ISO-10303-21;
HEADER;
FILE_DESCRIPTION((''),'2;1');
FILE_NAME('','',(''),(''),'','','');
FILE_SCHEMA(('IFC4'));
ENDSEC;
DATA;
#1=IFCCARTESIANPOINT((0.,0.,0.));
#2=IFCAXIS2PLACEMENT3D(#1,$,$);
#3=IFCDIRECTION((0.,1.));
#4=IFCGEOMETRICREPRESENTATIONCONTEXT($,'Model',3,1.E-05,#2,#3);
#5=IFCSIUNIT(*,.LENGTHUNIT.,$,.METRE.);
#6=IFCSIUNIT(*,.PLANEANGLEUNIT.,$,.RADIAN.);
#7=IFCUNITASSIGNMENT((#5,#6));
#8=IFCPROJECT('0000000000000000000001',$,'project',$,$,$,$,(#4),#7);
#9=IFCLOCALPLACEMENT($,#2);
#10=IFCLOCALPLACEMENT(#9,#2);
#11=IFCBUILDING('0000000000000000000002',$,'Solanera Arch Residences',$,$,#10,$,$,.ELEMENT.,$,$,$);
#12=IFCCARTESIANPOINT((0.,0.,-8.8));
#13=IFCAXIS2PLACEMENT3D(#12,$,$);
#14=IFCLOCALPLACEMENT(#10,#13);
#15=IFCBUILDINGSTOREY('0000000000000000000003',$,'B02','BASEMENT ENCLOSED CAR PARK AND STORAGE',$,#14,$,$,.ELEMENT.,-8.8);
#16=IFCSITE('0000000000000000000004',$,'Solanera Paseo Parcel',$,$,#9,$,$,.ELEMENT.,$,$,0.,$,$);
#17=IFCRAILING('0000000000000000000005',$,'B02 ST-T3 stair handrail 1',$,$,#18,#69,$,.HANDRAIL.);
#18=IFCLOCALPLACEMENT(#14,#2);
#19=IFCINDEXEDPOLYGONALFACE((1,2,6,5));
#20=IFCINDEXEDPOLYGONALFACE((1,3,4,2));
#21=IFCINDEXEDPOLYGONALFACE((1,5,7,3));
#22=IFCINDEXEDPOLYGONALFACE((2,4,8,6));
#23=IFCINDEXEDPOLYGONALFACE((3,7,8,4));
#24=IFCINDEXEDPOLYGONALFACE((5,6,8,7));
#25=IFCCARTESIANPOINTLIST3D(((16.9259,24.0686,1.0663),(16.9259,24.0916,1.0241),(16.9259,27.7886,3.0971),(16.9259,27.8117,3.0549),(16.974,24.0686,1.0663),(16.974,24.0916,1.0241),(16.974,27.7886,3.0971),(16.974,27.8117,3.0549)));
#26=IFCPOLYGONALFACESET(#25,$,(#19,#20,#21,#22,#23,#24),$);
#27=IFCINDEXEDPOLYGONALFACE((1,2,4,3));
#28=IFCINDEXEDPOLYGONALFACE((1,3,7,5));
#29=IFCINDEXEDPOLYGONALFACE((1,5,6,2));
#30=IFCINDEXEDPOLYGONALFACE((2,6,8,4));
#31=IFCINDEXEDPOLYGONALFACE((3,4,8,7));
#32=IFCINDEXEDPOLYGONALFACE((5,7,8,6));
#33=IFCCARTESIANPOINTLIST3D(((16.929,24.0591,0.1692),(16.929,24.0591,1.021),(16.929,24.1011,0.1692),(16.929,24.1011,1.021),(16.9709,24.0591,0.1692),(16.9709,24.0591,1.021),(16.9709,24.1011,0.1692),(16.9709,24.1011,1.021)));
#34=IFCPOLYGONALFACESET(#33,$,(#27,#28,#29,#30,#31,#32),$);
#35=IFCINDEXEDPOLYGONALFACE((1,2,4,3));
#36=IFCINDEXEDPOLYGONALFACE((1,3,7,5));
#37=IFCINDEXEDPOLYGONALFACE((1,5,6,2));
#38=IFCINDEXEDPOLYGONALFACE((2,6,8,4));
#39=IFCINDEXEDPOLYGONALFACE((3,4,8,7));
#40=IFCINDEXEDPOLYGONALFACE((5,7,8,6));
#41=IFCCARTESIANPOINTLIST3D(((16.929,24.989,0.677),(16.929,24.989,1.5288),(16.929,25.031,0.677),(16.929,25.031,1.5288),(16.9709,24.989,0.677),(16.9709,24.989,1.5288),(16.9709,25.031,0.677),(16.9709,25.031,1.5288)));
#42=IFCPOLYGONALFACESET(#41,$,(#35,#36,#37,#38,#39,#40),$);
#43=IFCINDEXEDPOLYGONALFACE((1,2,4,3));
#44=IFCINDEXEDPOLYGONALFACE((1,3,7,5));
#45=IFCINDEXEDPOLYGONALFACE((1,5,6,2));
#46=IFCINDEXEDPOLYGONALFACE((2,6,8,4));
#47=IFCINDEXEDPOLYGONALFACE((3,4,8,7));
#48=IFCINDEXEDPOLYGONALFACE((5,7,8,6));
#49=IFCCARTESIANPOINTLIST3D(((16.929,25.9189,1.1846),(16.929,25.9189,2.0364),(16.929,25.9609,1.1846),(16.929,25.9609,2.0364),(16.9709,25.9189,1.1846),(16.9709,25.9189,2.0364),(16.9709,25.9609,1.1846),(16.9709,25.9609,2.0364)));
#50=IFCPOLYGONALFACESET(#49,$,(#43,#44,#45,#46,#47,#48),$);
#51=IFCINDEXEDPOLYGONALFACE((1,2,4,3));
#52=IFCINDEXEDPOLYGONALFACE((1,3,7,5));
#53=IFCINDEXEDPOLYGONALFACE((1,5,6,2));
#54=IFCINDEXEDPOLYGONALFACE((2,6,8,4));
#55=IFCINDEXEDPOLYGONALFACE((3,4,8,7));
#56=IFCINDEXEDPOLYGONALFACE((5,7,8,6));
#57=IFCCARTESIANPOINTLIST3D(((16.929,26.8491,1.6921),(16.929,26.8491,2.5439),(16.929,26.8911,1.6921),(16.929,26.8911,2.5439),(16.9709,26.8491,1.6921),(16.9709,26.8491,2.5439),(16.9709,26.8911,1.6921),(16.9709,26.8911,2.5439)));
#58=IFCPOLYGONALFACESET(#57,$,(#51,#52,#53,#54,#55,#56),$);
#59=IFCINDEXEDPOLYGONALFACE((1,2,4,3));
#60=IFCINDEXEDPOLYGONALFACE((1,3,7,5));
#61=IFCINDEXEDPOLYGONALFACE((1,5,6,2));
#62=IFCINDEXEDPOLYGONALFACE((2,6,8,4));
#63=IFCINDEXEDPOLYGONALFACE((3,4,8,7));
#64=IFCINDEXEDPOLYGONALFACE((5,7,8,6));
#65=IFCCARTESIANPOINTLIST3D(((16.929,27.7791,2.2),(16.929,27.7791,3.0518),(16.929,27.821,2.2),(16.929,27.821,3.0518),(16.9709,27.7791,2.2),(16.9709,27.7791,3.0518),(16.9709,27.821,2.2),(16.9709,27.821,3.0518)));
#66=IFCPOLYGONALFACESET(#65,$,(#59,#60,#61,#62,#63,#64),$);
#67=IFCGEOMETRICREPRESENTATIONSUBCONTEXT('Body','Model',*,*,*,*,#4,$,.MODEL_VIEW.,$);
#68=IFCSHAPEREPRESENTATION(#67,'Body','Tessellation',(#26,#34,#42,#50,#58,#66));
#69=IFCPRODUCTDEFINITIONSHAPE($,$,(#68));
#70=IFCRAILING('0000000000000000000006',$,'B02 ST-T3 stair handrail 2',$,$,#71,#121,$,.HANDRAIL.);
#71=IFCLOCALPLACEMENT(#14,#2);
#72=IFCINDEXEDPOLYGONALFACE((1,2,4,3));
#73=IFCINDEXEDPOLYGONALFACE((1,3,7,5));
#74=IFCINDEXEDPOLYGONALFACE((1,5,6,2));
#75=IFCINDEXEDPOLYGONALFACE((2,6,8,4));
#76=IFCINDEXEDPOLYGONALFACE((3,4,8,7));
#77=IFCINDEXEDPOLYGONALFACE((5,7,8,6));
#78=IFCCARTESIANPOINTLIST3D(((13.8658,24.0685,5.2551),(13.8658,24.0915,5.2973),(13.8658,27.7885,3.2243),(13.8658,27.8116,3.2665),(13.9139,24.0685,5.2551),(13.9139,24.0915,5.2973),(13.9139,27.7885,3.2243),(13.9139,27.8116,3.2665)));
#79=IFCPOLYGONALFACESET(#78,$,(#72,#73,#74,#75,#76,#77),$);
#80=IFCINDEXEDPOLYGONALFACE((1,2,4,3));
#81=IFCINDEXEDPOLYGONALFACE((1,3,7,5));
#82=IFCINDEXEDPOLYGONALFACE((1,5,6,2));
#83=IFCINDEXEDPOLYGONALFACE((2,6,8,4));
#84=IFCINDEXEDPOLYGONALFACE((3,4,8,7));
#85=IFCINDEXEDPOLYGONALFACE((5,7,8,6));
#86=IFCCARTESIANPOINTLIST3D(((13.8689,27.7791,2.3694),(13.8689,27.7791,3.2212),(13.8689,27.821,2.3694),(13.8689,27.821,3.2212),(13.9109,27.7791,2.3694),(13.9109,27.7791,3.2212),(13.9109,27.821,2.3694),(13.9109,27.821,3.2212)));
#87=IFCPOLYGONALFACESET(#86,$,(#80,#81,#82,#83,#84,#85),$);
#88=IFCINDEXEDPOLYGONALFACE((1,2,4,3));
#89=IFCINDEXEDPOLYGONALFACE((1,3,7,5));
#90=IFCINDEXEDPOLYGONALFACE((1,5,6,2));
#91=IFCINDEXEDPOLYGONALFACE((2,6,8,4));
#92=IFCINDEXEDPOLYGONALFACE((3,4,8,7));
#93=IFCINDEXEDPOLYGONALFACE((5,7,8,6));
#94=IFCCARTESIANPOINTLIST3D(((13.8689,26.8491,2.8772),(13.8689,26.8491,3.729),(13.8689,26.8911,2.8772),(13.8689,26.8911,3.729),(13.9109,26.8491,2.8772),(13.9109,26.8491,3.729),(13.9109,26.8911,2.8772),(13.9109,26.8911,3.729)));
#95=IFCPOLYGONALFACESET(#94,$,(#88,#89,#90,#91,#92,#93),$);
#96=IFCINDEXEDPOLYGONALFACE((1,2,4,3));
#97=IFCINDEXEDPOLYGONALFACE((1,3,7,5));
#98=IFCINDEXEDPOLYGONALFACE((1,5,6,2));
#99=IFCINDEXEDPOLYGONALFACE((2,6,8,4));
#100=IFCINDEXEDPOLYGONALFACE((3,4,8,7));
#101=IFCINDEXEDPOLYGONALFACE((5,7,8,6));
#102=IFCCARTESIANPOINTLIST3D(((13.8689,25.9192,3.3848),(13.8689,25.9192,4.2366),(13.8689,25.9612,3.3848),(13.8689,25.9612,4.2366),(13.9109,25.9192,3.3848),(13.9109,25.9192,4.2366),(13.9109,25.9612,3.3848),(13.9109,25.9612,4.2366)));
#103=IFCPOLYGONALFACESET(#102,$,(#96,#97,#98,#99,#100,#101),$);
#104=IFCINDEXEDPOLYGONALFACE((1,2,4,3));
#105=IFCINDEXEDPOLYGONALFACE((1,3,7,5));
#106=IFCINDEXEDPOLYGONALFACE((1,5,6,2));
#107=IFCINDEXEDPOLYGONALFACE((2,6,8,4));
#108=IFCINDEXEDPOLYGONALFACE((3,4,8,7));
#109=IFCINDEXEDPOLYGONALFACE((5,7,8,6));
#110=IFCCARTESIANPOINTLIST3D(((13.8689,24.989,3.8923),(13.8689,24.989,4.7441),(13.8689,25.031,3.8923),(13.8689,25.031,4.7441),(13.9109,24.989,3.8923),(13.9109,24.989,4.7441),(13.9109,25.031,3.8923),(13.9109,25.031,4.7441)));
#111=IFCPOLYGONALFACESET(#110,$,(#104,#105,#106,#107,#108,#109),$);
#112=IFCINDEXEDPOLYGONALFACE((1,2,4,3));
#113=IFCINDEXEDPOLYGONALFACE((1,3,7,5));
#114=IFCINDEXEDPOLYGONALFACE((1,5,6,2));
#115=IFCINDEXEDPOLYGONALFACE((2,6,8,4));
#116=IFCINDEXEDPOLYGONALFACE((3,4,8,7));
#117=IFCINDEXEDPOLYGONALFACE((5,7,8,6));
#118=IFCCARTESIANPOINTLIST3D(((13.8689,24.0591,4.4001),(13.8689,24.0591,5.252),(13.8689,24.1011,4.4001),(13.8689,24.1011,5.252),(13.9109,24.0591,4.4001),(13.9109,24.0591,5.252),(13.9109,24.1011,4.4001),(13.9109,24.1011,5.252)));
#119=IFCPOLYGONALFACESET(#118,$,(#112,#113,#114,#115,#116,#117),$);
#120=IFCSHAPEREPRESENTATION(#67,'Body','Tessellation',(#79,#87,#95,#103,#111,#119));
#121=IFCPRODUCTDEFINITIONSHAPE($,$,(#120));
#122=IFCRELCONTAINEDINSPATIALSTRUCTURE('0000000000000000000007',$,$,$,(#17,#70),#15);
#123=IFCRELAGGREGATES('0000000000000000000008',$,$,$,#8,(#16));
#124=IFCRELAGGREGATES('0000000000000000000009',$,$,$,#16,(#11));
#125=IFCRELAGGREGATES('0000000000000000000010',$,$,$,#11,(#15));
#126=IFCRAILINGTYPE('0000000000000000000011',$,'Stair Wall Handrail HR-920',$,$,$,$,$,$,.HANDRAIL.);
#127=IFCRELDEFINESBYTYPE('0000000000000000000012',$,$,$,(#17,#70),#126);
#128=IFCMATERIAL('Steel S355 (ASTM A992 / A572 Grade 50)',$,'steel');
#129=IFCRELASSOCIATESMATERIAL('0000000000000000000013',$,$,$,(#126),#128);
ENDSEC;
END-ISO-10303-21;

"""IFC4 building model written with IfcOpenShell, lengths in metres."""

from ifc_helpers import new_model, si_unit, direction, frame, origin, origin_2d, place, context, subcontext, project, spatial, rectangle, extrude, material, type_object, element, save


model = new_model("IFC4")

# Units and contexts
model_context = context("Model", 3, precision=1e-05, world=origin(), true_north=direction((0.0, 1.0)))
body_context = subcontext(model_context, "Body", "Model", "MODEL_VIEW")
ifc_project = project(units=[si_unit("LENGTHUNIT", "METRE"), si_unit("PLANEANGLEUNIT", "RADIAN")], contexts=[model_context])

# Site, building, storey
site_placement = place(None, origin())
site = spatial("IfcSite", under=ifc_project, at=site_placement, Name="Solanera Paseo Parcel", CompositionType="ELEMENT", RefElevation=0.0)
building_placement = place(site_placement, origin())
building = spatial("IfcBuilding", under=site, at=building_placement, Name="Solanera Arch Residences", CompositionType="ELEMENT")
storey_placement = place(building_placement, frame((0.0, 0.0, -8.8)))
storey = spatial("IfcBuildingStorey", under=building, at=storey_placement, Name="B02", Description="BASEMENT ENCLOSED CAR PARK AND STORAGE", CompositionType="ELEMENT", Elevation=-8.8)

# Railings
ifc_material_1 = material(Name="Steel S355 (ASTM A992 / A572 Grade 50)", Category="steel")
railing_type_1 = type_object("IfcRailingType", Name="Stair Wall Handrail HR-920", PredefinedType="HANDRAIL", material=ifc_material_1)
railing_1_placement = place(storey_placement, frame((16.95, 24.0801, 0.1692)))
element("IfcRailing", 1, at=railing_1_placement, inside=storey, type_object=railing_type_1, Name="B02 ST-T3 stair handrail 1", PredefinedType="HANDRAIL", context=body_context, shape_type="SweptSolid", body=[
    extrude(rectangle(XDim=0.0481, YDim=0.0481, at=origin_2d()), frame((0.0, 0.0, 0.876), z_axis=(0.0, 0.877728, 0.479159), x_axis=(-1.0, 0.0, 0.0)), (0.0, 0.0, 1.0), 4.2383),
    extrude(rectangle(XDim=0.042, YDim=0.042, at=origin_2d()), origin(), (0.0, 0.0, 1.0), 0.8518),
    extrude(rectangle(XDim=0.042, YDim=0.042, at=origin_2d()), frame((0.0, 0.9299, 0.5078)), (0.0, 0.0, 1.0), 0.8518),
    extrude(rectangle(XDim=0.042, YDim=0.042, at=origin_2d()), frame((0.0, 1.8599, 1.0154)), (0.0, 0.0, 1.0), 0.8518),
    extrude(rectangle(XDim=0.042, YDim=0.042, at=origin_2d()), frame((0.0, 2.79, 1.5229)), (0.0, 0.0, 1.0), 0.8518),
    extrude(rectangle(XDim=0.042, YDim=0.042, at=origin_2d()), frame((0.0, 3.72, 2.0308)), (0.0, 0.0, 1.0), 0.8518),
])
railing_2_placement = place(storey_placement, frame((13.8899, 27.8, 2.3694)))
element("IfcRailing", 2, at=railing_2_placement, inside=storey, type_object=railing_type_1, Name="B02 ST-T3 stair handrail 2", PredefinedType="HANDRAIL", context=body_context, shape_type="SweptSolid", body=[
    extrude(rectangle(XDim=0.0481, YDim=0.0481, at=origin_2d()), frame((0.0, 0.0, 0.876), z_axis=(0.0, -0.877728, 0.479159), x_axis=(1.0, 0.0, 0.0)), (0.0, 0.0, 1.0), 4.2383),
    extrude(rectangle(XDim=0.042, YDim=0.042, at=origin_2d()), origin(), (0.0, 0.0, 1.0), 0.8518),
    extrude(rectangle(XDim=0.042, YDim=0.042, at=origin_2d()), frame((0.0, -0.9299, 0.5078)), (0.0, 0.0, 1.0), 0.8518),
    extrude(rectangle(XDim=0.042, YDim=0.042, at=origin_2d()), frame((0.0, -1.8599, 1.0154)), (0.0, 0.0, 1.0), 0.8518),
    extrude(rectangle(XDim=0.042, YDim=0.042, at=origin_2d()), frame((0.0, -2.79, 1.5229)), (0.0, 0.0, 1.0), 0.8518),
    extrude(rectangle(XDim=0.042, YDim=0.042, at=origin_2d()), frame((0.0, -3.72, 2.0308)), (0.0, 0.0, 1.0), 0.8518),
])

save(model, "model.ifc")
